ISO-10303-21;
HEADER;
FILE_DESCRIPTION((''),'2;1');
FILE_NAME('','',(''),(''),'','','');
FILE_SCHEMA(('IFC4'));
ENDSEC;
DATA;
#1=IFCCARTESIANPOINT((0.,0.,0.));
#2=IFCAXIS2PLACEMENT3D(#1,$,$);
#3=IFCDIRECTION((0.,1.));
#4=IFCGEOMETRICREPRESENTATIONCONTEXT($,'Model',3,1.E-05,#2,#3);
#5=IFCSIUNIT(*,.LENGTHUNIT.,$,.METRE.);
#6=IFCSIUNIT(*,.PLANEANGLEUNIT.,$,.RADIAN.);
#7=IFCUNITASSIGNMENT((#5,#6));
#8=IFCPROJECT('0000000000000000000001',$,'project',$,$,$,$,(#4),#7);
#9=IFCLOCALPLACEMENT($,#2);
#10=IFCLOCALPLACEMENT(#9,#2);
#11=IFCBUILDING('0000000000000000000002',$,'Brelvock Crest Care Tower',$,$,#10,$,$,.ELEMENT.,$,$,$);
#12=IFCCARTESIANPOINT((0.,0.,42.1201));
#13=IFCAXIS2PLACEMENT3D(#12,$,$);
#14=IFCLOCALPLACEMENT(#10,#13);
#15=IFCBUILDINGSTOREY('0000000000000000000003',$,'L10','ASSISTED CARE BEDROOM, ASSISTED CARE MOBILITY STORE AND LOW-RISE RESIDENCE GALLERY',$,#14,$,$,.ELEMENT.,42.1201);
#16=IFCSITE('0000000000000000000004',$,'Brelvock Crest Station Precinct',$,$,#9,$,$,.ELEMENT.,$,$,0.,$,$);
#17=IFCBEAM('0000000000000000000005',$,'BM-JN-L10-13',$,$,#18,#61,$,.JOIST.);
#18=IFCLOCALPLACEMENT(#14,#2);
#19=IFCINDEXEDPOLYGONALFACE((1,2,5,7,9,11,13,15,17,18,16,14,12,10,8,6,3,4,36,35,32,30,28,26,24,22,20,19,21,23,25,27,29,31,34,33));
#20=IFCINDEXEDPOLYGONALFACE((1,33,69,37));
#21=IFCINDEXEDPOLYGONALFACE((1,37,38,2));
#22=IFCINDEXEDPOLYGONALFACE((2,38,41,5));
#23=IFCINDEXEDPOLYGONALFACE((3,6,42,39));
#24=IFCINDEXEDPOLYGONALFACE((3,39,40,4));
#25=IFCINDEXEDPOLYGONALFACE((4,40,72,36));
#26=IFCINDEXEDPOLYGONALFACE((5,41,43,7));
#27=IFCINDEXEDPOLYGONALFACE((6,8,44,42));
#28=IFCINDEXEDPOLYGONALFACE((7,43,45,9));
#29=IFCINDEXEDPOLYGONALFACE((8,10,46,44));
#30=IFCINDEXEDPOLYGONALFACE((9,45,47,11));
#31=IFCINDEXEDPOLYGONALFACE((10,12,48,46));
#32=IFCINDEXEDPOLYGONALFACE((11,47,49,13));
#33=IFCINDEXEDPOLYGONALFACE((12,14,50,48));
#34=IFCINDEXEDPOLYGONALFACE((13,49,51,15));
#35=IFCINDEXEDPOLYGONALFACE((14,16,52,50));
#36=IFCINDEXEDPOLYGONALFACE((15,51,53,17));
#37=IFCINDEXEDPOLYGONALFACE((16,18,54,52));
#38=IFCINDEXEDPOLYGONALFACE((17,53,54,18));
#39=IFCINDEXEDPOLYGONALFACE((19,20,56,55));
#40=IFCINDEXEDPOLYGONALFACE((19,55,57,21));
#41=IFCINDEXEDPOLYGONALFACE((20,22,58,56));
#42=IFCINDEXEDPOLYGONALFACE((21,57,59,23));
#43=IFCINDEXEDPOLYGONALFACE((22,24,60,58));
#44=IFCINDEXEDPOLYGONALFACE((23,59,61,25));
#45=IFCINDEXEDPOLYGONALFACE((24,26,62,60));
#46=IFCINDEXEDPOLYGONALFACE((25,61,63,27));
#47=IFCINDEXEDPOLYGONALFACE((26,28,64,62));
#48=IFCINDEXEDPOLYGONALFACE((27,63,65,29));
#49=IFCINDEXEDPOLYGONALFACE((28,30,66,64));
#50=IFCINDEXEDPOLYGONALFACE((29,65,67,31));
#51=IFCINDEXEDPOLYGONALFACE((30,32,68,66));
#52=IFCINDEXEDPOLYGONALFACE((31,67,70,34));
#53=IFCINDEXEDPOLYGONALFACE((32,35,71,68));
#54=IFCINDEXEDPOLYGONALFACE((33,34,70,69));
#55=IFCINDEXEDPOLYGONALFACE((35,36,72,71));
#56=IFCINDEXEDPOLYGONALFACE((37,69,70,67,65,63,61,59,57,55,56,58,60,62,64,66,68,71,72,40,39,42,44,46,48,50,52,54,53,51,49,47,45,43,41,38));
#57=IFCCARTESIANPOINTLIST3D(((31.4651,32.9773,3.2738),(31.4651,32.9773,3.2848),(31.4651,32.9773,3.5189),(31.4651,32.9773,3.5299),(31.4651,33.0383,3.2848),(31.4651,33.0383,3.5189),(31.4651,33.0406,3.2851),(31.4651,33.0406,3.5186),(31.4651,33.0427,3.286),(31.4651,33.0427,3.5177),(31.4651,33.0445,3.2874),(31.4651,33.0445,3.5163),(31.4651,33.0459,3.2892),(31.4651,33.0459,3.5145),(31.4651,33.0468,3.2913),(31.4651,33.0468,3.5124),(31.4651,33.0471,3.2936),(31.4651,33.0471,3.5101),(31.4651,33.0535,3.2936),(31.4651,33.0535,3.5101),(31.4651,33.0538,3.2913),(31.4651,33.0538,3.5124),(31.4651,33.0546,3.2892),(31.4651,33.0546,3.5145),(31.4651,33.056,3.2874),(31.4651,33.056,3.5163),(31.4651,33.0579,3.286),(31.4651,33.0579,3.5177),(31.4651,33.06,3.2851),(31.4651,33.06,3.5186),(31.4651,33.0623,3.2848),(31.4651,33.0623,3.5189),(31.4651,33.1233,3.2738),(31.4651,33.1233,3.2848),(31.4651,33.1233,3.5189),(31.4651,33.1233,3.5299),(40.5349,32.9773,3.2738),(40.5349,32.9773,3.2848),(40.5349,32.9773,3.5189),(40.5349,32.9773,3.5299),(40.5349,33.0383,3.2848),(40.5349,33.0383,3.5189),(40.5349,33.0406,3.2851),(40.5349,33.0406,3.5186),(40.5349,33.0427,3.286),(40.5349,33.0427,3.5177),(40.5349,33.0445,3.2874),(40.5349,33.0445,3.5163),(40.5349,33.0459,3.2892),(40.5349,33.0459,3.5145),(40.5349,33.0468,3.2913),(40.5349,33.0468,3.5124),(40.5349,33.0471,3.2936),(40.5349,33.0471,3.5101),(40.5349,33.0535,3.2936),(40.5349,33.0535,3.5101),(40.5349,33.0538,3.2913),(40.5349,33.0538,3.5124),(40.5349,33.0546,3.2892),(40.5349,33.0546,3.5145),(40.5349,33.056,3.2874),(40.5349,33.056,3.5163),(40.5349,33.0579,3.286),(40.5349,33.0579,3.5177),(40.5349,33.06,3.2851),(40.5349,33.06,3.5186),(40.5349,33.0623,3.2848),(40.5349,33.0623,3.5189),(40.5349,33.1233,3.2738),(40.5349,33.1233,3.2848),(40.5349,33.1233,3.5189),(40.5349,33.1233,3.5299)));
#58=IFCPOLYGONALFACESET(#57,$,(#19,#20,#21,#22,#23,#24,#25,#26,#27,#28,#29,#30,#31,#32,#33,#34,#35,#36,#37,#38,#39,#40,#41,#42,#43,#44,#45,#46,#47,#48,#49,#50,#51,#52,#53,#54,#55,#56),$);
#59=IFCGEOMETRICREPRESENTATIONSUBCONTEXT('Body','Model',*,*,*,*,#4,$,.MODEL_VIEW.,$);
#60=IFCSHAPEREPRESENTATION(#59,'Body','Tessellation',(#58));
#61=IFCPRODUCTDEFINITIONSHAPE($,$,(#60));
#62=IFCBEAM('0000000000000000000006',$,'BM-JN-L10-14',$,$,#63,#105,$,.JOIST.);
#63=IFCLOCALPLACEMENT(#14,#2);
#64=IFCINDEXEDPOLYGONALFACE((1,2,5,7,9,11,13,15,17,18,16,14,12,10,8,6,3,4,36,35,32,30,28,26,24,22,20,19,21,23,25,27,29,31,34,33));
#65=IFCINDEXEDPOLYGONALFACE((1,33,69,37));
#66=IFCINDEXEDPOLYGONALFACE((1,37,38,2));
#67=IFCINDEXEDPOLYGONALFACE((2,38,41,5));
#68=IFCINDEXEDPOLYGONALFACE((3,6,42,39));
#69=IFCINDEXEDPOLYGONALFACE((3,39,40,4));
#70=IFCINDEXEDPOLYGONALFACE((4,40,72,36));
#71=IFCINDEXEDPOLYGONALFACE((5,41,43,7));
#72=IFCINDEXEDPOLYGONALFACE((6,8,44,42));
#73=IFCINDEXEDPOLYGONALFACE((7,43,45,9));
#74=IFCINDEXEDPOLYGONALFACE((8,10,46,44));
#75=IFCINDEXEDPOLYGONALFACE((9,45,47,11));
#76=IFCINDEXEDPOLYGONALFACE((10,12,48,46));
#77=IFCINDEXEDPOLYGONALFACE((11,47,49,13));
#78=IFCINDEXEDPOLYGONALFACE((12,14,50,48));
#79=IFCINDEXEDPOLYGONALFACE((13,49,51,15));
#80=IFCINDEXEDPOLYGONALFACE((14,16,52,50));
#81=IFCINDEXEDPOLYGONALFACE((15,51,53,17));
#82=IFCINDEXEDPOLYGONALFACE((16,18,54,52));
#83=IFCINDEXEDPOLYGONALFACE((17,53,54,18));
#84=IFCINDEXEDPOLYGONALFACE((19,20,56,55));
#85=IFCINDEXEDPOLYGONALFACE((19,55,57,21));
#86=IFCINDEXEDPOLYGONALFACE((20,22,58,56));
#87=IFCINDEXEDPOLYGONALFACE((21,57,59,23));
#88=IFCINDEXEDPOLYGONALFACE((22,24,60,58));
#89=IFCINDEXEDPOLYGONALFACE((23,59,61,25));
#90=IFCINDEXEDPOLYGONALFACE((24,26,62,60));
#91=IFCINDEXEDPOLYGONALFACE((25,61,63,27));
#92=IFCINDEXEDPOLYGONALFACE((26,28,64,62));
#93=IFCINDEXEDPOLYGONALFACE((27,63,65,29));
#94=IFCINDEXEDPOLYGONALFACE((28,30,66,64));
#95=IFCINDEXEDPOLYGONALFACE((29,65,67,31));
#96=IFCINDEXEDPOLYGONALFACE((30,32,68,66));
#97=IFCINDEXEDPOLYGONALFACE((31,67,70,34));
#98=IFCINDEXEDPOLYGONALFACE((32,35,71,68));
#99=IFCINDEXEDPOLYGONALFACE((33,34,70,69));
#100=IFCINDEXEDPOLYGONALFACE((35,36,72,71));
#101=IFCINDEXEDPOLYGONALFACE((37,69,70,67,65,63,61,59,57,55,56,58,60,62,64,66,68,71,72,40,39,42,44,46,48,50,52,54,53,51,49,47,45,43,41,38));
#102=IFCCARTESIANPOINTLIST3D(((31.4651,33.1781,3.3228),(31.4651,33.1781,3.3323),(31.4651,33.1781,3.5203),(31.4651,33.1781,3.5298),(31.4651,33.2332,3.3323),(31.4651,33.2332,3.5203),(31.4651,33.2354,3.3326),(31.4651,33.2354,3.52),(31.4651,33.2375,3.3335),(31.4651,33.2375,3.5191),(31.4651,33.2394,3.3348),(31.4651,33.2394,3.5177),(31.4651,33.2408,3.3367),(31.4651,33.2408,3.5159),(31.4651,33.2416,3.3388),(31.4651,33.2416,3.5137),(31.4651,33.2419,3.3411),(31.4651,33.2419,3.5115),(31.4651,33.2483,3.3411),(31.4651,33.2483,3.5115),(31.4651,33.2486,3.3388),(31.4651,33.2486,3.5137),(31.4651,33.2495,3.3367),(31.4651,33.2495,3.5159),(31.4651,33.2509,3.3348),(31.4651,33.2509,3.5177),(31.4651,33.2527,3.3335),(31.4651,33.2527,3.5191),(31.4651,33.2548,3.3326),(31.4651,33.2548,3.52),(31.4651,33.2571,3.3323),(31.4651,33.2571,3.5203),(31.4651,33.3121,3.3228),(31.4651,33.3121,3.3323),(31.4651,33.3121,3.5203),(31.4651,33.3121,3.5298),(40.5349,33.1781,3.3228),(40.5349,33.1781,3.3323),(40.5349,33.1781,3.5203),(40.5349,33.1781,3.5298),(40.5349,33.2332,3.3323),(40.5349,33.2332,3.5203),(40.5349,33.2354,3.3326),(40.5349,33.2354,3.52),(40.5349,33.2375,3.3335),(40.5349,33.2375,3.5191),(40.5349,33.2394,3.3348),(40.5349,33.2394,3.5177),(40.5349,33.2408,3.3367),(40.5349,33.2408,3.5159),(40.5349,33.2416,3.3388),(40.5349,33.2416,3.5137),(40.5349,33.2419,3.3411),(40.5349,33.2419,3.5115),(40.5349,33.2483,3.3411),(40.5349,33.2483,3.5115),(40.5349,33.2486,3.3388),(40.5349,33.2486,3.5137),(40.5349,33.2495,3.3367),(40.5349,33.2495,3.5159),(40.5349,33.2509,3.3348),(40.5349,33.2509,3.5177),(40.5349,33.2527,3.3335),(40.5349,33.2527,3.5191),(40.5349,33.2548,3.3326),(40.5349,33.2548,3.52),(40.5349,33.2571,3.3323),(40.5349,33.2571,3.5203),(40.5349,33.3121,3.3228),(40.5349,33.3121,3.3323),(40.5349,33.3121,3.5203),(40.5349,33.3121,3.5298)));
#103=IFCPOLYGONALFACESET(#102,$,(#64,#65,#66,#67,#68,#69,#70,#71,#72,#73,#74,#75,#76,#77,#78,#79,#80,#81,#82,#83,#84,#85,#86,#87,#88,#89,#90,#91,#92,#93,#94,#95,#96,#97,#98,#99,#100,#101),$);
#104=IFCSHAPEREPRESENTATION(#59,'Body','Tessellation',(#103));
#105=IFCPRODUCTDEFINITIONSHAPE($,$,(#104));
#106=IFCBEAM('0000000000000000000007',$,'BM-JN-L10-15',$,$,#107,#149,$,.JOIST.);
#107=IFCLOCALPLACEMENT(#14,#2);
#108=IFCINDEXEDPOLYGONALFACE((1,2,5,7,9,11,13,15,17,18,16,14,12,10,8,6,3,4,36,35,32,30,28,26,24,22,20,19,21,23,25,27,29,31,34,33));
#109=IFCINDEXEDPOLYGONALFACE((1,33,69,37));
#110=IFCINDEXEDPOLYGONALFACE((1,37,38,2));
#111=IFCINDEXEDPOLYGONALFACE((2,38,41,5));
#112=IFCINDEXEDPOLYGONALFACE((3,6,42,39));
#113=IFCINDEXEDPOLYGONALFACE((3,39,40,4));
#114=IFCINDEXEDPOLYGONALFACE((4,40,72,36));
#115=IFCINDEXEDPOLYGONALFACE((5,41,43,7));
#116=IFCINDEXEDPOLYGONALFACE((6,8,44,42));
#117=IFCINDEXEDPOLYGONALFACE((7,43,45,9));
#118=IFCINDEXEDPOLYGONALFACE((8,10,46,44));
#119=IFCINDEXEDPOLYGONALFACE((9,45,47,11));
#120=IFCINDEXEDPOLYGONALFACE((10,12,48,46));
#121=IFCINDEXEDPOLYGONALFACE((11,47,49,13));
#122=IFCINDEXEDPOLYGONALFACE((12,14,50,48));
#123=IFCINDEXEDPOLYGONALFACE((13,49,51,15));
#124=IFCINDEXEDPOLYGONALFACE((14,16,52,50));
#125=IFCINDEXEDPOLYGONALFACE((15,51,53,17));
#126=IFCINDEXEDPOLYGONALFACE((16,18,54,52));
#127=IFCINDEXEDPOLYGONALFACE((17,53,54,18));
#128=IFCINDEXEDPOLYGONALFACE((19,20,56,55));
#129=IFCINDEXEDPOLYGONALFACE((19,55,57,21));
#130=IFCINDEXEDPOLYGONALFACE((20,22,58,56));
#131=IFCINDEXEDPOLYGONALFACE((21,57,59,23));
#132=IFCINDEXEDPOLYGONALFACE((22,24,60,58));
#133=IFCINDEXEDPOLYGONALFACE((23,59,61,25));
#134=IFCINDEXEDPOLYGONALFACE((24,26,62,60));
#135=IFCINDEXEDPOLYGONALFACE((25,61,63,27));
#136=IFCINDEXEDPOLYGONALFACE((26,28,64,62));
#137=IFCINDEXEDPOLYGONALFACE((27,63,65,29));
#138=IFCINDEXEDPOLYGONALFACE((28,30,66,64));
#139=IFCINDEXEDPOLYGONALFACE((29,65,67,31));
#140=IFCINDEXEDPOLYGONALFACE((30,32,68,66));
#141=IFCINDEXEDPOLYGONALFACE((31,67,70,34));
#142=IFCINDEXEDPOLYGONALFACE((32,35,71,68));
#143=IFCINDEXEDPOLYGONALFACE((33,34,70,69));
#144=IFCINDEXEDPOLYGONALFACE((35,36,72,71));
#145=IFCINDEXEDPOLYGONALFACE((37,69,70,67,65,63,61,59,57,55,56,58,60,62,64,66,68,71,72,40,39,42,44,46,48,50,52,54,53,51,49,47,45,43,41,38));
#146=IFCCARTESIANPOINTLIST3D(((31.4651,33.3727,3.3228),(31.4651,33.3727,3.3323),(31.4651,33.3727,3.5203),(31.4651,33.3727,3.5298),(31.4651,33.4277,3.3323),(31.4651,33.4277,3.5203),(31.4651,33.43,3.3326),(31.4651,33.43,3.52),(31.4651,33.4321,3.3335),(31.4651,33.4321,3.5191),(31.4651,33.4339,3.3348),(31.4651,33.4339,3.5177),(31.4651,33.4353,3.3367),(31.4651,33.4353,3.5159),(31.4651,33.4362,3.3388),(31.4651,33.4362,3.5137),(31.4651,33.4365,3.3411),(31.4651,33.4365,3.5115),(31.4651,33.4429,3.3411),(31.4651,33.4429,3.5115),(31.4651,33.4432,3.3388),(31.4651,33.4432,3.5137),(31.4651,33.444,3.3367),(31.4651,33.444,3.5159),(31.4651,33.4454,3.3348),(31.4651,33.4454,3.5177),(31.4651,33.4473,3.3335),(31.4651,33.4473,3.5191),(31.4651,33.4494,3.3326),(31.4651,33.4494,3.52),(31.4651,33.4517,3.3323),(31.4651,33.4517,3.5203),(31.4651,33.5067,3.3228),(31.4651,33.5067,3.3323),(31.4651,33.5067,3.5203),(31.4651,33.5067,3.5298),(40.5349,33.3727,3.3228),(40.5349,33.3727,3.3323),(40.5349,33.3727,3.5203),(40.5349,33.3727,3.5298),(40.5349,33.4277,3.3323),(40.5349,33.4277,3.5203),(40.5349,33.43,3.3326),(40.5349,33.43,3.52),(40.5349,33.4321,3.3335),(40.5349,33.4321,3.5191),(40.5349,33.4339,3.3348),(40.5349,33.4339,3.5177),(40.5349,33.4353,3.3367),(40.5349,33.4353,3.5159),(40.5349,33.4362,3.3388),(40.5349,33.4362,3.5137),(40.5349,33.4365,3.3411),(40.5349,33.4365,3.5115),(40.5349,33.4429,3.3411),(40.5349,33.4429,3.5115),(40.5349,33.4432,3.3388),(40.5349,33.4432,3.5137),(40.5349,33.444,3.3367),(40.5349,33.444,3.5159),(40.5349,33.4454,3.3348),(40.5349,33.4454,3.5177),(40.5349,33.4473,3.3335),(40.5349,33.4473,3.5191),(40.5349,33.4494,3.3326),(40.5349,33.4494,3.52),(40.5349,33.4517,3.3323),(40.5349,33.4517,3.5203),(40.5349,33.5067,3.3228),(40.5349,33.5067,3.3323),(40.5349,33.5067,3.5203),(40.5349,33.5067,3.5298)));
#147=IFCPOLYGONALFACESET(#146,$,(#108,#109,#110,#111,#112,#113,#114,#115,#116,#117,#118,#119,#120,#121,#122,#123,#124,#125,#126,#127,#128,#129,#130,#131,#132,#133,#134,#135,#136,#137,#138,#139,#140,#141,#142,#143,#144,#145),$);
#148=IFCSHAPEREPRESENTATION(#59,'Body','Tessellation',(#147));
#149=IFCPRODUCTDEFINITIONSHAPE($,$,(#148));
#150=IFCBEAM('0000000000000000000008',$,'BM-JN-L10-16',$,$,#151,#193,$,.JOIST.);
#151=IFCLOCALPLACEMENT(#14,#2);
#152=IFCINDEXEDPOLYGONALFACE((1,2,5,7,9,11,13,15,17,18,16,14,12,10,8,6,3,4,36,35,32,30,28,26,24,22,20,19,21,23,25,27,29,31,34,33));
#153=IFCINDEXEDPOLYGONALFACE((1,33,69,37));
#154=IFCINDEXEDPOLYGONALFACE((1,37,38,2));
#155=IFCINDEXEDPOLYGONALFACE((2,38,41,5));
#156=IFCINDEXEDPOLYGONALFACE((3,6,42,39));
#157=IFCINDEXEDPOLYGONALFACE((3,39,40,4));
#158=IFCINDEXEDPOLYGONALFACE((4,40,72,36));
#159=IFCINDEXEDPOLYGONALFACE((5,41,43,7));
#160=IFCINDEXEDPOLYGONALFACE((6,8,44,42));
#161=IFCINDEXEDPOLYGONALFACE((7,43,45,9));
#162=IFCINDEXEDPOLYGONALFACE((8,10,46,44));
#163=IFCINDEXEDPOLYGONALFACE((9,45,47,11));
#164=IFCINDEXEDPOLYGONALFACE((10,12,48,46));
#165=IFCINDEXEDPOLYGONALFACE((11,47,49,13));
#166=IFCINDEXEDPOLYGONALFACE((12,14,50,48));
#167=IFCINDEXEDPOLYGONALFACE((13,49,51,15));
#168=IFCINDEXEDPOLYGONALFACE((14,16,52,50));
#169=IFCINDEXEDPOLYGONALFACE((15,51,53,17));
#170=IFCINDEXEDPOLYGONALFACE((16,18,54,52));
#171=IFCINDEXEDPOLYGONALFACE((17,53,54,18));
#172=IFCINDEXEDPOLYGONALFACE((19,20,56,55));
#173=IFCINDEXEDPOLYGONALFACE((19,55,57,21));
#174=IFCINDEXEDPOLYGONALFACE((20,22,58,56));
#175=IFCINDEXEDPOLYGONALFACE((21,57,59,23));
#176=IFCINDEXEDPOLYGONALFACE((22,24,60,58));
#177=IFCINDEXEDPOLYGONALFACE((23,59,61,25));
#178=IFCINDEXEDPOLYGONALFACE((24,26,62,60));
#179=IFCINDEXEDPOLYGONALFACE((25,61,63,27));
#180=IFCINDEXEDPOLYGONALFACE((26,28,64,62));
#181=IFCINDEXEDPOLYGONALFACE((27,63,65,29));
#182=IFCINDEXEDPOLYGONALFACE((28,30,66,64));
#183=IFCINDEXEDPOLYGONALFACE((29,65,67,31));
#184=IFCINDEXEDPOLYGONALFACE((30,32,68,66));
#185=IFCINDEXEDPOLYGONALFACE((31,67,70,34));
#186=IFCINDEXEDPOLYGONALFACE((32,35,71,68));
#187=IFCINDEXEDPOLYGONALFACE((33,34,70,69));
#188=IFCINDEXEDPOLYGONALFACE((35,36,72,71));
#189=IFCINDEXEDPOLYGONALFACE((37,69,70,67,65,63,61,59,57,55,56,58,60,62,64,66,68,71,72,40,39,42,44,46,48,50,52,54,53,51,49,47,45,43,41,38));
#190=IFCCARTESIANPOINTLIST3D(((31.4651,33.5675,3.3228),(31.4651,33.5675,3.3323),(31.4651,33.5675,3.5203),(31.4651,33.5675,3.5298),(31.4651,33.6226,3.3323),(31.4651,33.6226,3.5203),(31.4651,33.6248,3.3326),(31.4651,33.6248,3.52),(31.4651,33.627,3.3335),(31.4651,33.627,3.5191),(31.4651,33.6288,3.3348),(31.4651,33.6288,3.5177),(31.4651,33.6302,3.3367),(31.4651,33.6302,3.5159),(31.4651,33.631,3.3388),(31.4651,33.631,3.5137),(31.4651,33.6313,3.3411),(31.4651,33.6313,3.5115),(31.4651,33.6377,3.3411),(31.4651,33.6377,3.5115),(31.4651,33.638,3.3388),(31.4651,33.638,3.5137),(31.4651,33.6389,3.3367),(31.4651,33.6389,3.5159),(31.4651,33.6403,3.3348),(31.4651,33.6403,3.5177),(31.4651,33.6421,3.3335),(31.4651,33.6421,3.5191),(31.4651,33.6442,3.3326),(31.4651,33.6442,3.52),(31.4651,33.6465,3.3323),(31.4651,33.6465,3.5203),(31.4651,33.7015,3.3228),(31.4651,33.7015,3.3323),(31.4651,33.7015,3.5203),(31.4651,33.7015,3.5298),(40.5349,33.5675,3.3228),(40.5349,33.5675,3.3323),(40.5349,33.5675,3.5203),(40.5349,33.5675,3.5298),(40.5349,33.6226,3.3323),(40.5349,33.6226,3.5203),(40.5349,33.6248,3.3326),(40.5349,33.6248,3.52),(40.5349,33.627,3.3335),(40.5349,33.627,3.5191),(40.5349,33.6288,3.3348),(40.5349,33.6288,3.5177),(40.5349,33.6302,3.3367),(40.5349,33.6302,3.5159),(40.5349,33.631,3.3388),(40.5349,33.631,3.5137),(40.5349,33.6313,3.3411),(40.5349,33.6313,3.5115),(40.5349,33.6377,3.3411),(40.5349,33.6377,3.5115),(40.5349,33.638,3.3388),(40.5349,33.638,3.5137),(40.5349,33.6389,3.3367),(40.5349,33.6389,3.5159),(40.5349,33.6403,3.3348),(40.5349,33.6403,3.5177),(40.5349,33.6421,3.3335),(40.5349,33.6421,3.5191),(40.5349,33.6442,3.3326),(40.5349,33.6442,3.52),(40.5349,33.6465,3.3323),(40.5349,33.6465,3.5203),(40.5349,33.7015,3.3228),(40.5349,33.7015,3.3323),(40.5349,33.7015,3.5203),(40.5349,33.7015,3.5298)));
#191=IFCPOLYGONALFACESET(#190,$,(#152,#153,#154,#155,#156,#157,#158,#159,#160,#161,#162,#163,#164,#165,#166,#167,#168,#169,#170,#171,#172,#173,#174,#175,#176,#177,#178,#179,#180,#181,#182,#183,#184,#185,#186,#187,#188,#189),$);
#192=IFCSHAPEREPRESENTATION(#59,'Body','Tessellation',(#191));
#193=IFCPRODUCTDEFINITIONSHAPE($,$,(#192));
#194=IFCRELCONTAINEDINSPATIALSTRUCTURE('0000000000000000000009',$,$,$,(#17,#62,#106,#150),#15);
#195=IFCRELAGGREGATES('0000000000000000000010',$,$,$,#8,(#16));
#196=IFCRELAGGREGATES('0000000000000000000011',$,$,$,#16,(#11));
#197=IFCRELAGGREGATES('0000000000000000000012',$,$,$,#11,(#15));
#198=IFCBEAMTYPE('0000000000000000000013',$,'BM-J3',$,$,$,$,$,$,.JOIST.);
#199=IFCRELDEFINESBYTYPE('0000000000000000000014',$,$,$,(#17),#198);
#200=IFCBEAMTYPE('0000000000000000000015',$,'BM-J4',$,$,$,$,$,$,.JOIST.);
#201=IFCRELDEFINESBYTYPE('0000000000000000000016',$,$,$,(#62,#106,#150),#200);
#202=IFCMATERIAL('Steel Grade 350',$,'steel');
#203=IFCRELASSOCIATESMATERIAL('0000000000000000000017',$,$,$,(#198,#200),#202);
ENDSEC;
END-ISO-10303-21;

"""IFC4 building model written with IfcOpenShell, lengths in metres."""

from ifc_helpers import new_model, si_unit, direction, frame, origin, origin_2d, place, context, subcontext, project, spatial, i_section, extrude, source, transform, mapped, material, material_profile, profile_set, type_object, element, save


model = new_model("IFC4")

# Units and contexts
model_context = context("Model", 3, precision=1e-05, world=origin(), true_north=direction((0.0, 1.0)))
body_context = subcontext(model_context, "Body", "Model", "MODEL_VIEW")
ifc_project = project(units=[si_unit("LENGTHUNIT", "METRE"), si_unit("PLANEANGLEUNIT", "RADIAN")], contexts=[model_context])

# Site, building, storey
site_placement = place(None, origin())
site = spatial("IfcSite", under=ifc_project, at=site_placement, Name="Brelvock Crest Station Precinct", CompositionType="ELEMENT", RefElevation=0.0)
building_placement = place(site_placement, origin())
building = spatial("IfcBuilding", under=site, at=building_placement, Name="Brelvock Crest Care Tower", CompositionType="ELEMENT")
storey_placement = place(building_placement, frame((0.0, 0.0, 42.1201)))
storey = spatial("IfcBuildingStorey", under=building, at=storey_placement, Name="L10", Description="ASSISTED CARE BEDROOM, ASSISTED CARE MOBILITY STORE AND LOW-RISE RESIDENCE GALLERY", CompositionType="ELEMENT", Elevation=42.1201)

# Shared definitions
ifc_material_1 = material(Name="Steel Grade 350", Category="steel")

# Beams
ifc_material_profile_1 = material_profile(ifc_material_1, i_section(OverallWidth=0.146, OverallDepth=0.2561, WebThickness=0.0063, FlangeThickness=0.011, FilletRadius=0.0088, at=origin_2d()), Name="250UB37.3")
ifc_profile_set_1 = profile_set([ifc_material_profile_1], Name="Steel Grade 350")
beam_type_1 = type_object("IfcBeamType", Name="BM-J3", PredefinedType="JOIST", material=ifc_profile_set_1)
shared_shape_1 = source(origin(), body_context, "Body", "SweptSolid", [
    extrude(i_section(OverallWidth=0.146, OverallDepth=0.2561, WebThickness=0.0063, FlangeThickness=0.011, FilletRadius=0.0088, at=origin_2d()), origin(), (0.0, 0.0, 1.0), 9.0698),
])
for number, where, z_axis, x_axis, name in (
    (1, (31.4651, 33.0503, 3.4019), (1.0, 0.0, 0.0), (0.0, 1.0, 0.0), "BM-JN-L10-13"),
):
    element("IfcBeam", number, at=place(storey_placement, frame(where, z_axis=z_axis, x_axis=x_axis)), inside=storey, type_object=beam_type_1, Name=name, PredefinedType="JOIST", context=body_context, shape_type="MappedRepresentation", body=[
        mapped(shared_shape_1, transform((0.0, 0.0, 0.0), x_axis=(1.0, 0.0, 0.0), y_axis=(0.0, 1.0, 0.0), z_axis=(0.0, 0.0, 1.0), scale=1.0)),
    ])
ifc_material_profile_2 = material_profile(ifc_material_1, i_section(OverallWidth=0.134, OverallDepth=0.207, WebThickness=0.0063, FlangeThickness=0.0095, FilletRadius=0.0088, at=origin_2d()), Name="200UB29.8")
ifc_profile_set_2 = profile_set([ifc_material_profile_2], Name="Steel Grade 350")
beam_type_2 = type_object("IfcBeamType", Name="BM-J4", PredefinedType="JOIST", material=ifc_profile_set_2)
shared_shape_2 = source(origin(), body_context, "Body", "SweptSolid", [
    extrude(i_section(OverallWidth=0.134, OverallDepth=0.207, WebThickness=0.0063, FlangeThickness=0.0095, FilletRadius=0.0088, at=origin_2d()), origin(), (0.0, 0.0, 1.0), 9.0698),
])
for number, where, z_axis, x_axis, name in (
    (2, (31.4651, 33.2451, 3.4263), (1.0, 0.0, 0.0), (0.0, 1.0, 0.0), "BM-JN-L10-14"),
    (3, (31.4651, 33.4397, 3.4263), (1.0, 0.0, 0.0), (0.0, 1.0, 0.0), "BM-JN-L10-15"),
    (4, (31.4651, 33.6345, 3.4263), (1.0, 0.0, 0.0), (0.0, 1.0, 0.0), "BM-JN-L10-16"),
):
    element("IfcBeam", number, at=place(storey_placement, frame(where, z_axis=z_axis, x_axis=x_axis)), inside=storey, type_object=beam_type_2, Name=name, PredefinedType="JOIST", context=body_context, shape_type="MappedRepresentation", body=[
        mapped(shared_shape_2, transform((0.0, 0.0, 0.0), x_axis=(1.0, 0.0, 0.0), y_axis=(0.0, 1.0, 0.0), z_axis=(0.0, 0.0, 1.0), scale=1.0)),
    ])

save(model, "model.ifc")
